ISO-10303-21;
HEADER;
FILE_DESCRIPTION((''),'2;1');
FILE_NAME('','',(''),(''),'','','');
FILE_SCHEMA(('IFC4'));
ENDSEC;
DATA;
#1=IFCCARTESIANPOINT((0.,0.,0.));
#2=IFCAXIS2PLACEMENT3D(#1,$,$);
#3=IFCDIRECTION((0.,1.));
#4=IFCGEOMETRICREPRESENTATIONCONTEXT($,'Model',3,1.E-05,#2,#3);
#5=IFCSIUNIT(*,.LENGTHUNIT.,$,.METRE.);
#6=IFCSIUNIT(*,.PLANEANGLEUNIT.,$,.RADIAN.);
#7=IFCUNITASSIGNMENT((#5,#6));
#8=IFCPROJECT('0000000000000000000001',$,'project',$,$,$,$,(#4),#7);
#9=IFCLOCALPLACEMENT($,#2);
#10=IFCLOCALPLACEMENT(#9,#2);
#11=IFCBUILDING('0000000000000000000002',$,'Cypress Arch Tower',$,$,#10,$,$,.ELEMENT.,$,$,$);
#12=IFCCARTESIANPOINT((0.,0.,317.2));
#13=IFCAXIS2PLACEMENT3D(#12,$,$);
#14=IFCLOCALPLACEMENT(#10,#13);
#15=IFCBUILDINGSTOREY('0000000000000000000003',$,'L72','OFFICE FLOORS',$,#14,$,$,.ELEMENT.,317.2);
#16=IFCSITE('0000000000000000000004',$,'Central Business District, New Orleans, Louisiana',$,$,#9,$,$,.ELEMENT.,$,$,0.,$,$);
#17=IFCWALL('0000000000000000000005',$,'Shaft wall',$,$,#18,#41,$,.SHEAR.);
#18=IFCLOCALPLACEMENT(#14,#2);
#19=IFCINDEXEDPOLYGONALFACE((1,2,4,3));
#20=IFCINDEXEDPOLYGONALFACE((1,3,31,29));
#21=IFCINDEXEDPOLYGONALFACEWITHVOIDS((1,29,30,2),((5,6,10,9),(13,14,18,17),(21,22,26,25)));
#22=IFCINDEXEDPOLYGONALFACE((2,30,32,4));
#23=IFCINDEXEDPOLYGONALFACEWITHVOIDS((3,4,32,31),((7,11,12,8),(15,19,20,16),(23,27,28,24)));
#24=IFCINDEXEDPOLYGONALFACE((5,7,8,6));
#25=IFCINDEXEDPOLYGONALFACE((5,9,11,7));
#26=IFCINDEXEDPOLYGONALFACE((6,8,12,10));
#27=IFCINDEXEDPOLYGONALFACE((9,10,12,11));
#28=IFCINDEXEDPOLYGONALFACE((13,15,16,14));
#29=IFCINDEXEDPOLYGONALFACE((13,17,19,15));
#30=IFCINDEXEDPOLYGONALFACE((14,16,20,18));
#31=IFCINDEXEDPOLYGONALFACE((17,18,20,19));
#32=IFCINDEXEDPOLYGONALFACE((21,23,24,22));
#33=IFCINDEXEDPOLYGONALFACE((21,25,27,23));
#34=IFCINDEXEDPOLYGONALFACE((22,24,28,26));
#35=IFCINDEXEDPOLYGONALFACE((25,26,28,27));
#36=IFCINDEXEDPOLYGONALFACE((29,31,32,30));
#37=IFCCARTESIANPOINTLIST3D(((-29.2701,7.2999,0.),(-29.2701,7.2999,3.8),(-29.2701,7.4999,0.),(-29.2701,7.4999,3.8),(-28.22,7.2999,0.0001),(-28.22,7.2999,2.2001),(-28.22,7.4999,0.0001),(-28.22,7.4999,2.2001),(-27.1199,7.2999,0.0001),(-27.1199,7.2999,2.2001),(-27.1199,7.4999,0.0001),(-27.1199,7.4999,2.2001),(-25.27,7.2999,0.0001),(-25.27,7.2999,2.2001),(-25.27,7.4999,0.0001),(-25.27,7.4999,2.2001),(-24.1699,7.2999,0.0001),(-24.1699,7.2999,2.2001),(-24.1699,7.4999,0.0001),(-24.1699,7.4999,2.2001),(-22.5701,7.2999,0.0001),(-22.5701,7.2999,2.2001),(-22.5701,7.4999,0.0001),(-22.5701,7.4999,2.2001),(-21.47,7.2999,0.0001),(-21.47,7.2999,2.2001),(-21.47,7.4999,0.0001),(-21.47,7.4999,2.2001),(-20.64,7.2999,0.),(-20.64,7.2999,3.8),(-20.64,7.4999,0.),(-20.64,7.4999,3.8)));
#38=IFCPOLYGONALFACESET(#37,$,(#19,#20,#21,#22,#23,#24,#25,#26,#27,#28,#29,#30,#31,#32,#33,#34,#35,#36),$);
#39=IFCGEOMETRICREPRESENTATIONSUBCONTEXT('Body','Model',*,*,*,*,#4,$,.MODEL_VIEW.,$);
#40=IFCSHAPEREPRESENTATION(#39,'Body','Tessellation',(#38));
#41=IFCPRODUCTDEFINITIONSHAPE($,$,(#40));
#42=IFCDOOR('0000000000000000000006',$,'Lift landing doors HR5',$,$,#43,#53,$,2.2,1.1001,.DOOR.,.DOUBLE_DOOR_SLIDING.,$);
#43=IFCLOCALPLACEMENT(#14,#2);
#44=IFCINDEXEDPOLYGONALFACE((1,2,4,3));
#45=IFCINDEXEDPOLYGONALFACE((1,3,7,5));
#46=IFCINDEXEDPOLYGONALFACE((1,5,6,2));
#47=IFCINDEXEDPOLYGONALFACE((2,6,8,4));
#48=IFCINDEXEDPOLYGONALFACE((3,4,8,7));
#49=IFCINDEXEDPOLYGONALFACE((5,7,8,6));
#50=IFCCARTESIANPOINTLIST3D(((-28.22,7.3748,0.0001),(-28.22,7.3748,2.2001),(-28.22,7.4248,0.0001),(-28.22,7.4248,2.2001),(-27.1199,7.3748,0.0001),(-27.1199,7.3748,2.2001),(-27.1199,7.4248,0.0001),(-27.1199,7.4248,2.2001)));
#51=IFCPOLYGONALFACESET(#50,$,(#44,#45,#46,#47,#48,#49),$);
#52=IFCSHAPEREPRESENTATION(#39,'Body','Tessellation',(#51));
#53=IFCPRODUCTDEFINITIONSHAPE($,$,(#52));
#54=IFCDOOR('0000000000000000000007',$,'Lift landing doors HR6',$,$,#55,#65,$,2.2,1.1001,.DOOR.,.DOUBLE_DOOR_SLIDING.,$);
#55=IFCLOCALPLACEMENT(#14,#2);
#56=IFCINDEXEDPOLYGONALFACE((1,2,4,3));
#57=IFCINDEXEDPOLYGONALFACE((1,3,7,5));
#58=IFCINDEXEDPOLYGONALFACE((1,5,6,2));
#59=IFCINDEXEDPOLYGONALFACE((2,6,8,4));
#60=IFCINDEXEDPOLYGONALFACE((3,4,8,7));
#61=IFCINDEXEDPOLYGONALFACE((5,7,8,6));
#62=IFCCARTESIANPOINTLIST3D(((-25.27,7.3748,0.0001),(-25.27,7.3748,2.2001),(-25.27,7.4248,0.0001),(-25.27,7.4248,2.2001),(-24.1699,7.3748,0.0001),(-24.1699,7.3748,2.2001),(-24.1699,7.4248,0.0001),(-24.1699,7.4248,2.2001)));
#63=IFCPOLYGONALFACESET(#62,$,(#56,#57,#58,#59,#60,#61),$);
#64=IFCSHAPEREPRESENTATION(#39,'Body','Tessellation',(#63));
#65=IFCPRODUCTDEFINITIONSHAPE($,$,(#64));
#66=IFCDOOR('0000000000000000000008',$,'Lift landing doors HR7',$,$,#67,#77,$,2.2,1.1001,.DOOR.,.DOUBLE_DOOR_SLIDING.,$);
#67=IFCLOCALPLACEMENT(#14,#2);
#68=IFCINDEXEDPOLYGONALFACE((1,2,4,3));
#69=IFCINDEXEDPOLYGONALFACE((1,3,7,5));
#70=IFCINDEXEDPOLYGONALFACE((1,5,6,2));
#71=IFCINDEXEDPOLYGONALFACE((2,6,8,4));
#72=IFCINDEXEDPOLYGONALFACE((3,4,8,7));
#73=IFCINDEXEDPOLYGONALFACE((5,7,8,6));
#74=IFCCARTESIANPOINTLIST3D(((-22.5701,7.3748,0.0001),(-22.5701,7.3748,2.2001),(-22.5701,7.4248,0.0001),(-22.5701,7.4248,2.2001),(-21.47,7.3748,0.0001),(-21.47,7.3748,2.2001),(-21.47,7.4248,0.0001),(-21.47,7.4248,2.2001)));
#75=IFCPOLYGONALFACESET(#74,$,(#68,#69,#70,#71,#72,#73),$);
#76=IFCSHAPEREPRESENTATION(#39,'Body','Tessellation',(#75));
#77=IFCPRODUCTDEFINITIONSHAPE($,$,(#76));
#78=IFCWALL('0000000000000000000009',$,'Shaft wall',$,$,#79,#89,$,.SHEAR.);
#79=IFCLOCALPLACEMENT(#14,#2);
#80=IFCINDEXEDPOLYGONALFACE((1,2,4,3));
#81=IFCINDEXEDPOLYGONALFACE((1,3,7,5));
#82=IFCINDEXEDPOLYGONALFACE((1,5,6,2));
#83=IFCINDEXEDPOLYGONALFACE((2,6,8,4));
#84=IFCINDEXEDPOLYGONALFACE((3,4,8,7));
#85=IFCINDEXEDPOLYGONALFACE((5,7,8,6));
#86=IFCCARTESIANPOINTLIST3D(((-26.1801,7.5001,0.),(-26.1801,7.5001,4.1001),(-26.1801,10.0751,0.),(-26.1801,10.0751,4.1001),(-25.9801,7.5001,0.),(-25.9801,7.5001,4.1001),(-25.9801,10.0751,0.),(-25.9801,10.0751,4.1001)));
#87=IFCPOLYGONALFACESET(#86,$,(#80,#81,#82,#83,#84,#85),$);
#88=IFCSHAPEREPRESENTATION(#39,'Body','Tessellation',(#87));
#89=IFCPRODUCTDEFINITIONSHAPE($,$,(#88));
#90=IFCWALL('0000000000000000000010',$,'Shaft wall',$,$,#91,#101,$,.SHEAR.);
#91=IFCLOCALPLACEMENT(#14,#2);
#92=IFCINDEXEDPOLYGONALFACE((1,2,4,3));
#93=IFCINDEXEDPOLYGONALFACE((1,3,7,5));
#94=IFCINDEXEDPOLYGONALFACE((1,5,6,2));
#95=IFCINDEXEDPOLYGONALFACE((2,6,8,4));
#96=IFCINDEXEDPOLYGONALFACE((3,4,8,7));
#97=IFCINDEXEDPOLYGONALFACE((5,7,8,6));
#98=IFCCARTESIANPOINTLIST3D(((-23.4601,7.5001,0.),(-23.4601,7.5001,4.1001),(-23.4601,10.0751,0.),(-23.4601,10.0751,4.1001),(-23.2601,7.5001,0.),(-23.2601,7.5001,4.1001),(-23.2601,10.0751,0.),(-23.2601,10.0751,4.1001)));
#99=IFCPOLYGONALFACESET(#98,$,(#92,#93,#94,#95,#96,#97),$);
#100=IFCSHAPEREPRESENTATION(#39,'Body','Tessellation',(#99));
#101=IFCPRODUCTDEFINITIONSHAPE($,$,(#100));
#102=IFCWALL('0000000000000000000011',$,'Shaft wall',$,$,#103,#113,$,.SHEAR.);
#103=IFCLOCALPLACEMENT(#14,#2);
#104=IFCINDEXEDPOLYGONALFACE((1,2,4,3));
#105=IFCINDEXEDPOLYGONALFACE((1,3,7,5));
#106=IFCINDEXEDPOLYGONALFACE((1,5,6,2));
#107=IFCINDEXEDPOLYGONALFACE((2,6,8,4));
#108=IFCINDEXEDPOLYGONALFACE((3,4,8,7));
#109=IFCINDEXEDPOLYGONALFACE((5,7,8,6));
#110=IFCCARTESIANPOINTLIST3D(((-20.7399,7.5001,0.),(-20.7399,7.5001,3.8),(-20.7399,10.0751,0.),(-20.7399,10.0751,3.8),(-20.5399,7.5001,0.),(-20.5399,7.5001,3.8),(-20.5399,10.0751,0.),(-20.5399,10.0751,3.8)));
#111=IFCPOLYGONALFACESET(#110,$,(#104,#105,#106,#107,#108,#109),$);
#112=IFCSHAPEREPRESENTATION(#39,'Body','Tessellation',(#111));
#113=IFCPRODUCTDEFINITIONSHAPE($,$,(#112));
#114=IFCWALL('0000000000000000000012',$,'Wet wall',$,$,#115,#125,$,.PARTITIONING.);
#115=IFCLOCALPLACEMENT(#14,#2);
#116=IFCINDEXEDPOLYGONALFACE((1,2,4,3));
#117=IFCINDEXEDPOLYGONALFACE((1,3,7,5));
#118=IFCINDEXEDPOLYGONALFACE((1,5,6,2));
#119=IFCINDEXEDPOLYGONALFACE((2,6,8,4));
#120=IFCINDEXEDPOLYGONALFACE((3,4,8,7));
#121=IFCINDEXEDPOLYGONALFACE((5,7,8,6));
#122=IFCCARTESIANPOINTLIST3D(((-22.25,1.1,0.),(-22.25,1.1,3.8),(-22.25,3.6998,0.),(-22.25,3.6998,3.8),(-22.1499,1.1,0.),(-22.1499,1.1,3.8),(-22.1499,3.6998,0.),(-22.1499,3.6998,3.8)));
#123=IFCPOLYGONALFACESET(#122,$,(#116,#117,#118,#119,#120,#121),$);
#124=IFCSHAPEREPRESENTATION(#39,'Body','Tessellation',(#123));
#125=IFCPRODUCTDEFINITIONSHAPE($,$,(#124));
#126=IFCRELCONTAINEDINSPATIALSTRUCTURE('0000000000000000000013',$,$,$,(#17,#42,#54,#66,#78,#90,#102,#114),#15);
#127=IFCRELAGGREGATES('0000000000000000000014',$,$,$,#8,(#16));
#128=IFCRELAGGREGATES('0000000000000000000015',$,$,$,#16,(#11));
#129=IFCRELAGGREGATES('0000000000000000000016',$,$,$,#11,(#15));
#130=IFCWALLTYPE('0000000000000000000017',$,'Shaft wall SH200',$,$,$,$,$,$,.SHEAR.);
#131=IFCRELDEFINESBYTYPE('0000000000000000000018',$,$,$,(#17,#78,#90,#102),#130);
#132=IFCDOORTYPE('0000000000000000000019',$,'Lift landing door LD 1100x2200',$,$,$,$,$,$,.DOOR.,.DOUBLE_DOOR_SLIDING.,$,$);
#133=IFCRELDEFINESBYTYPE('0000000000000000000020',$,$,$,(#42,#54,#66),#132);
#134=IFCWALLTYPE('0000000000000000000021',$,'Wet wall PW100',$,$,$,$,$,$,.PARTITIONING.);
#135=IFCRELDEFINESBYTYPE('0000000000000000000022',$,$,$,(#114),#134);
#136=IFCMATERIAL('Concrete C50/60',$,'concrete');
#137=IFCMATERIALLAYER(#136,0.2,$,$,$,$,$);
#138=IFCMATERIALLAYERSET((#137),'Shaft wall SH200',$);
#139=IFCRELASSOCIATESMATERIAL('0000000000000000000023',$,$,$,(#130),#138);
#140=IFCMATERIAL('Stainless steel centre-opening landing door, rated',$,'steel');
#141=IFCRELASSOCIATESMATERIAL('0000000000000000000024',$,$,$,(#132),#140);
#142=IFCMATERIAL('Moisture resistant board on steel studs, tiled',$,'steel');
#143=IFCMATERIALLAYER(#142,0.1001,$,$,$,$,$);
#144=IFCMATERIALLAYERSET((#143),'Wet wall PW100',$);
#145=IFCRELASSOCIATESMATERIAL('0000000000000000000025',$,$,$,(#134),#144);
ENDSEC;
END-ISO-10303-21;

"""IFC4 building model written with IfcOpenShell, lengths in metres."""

from ifc_helpers import new_model, si_unit, direction, frame, frame_2d, origin, place, context, subcontext, project, spatial, rectangle, extrude, material, layer, layer_set, type_object, element, fill, save


model = new_model("IFC4")

# Units and contexts
model_context = context("Model", 3, precision=1e-05, world=origin(), true_north=direction((0.0, 1.0)))
body_context = subcontext(model_context, "Body", "Model", "MODEL_VIEW")
ifc_project = project(units=[si_unit("LENGTHUNIT", "METRE"), si_unit("PLANEANGLEUNIT", "RADIAN")], contexts=[model_context])

# Site, building, storey
site_placement = place(None, origin())
site = spatial("IfcSite", under=ifc_project, at=site_placement, Name="Central Business District, New Orleans, Louisiana", CompositionType="ELEMENT", RefElevation=0.0)
building_placement = place(site_placement, origin())
building = spatial("IfcBuilding", under=site, at=building_placement, Name="Cypress Arch Tower", CompositionType="ELEMENT")
storey_placement = place(building_placement, frame((0.0, 0.0, 317.2)))
storey = spatial("IfcBuildingStorey", under=building, at=storey_placement, Name="L72", Description="OFFICE FLOORS", CompositionType="ELEMENT", Elevation=317.2)

# Wall, openings, doors
ifc_material_1 = material(Name="Concrete C50/60", Category="concrete")
ifc_layer_1 = layer(ifc_material_1, 0.2)
ifc_layer_set_1 = layer_set([ifc_layer_1], Name="Shaft wall SH200")
wall_type_1 = type_object("IfcWallType", Name="Shaft wall SH200", PredefinedType="SHEAR", material=ifc_layer_set_1)
wall_1_placement = place(storey_placement, frame((-29.27, 7.3999, 0.0), z_axis=(0.0, 0.0, 1.0), x_axis=(1.0, 0.0, 0.0)))
wall_1 = element("IfcWall", 1, at=wall_1_placement, inside=storey, type_object=wall_type_1, Name="Shaft wall", PredefinedType="SHEAR", context=body_context, shape_type="SweptSolid", body=[
    extrude(rectangle(XDim=8.6301, YDim=0.2, at=frame_2d((4.3149, 0.0))), origin(), (0.0, 0.0, 1.0), 3.8),
])
opening_1_placement = place(wall_1_placement, frame((1.05, 0.0, 0.0)))
opening_1 = element("IfcOpeningElement", 2, at=opening_1_placement, cuts=wall_1, PredefinedType="OPENING", context=body_context, shape_type="SweptSolid", body=[
    extrude(rectangle(XDim=1.1001, YDim=2.2, at=frame_2d((0.55, 1.1001))), frame((0.0, 0.1099, 0.0), z_axis=(0.0, -1.0, 0.0), x_axis=(1.0, 0.0, 0.0)), (0.0, 0.0, 1.0), 0.22),
])
opening_2_placement = place(wall_1_placement, frame((4.0, 0.0, 0.0)))
opening_2 = element("IfcOpeningElement", 3, at=opening_2_placement, cuts=wall_1, PredefinedType="OPENING", context=body_context, shape_type="SweptSolid", body=[
    extrude(rectangle(XDim=1.1001, YDim=2.2, at=frame_2d((0.55, 1.1001))), frame((0.0, 0.1099, 0.0), z_axis=(0.0, -1.0, 0.0), x_axis=(1.0, 0.0, 0.0)), (0.0, 0.0, 1.0), 0.22),
])
opening_3_placement = place(wall_1_placement, frame((6.7, 0.0, 0.0)))
opening_3 = element("IfcOpeningElement", 4, at=opening_3_placement, cuts=wall_1, PredefinedType="OPENING", context=body_context, shape_type="SweptSolid", body=[
    extrude(rectangle(XDim=1.1001, YDim=2.2, at=frame_2d((0.55, 1.1001))), frame((0.0, 0.1099, 0.0), z_axis=(0.0, -1.0, 0.0), x_axis=(1.0, 0.0, 0.0)), (0.0, 0.0, 1.0), 0.22),
])
ifc_material_2 = material(Name="Stainless steel centre-opening landing door, rated", Category="steel")
door_type_1 = type_object("IfcDoorType", Name="Lift landing door LD 1100x2200", OperationType="DOUBLE_DOOR_SLIDING", PredefinedType="DOOR", material=ifc_material_2)
door_1_placement = place(opening_1_placement, origin())
door_1 = element("IfcDoor", 5, at=door_1_placement, inside=storey, type_object=door_type_1, Name="Lift landing doors HR5", OperationType="DOUBLE_DOOR_SLIDING", OverallHeight=2.2, OverallWidth=1.1001, PredefinedType="DOOR", context=body_context, shape_type="SweptSolid", body=[
    extrude(rectangle(XDim=1.1001, YDim=2.2, at=frame_2d((0.55, 1.1001))), frame((0.0, 0.0249, 0.0), z_axis=(0.0, -1.0, 0.0), x_axis=(1.0, 0.0, 0.0)), (0.0, 0.0, 1.0), 0.05),
])
fill(opening_1, door_1)
door_2_placement = place(opening_2_placement, origin())
door_2 = element("IfcDoor", 6, at=door_2_placement, inside=storey, type_object=door_type_1, Name="Lift landing doors HR6", OperationType="DOUBLE_DOOR_SLIDING", OverallHeight=2.2, OverallWidth=1.1001, PredefinedType="DOOR", context=body_context, shape_type="SweptSolid", body=[
    extrude(rectangle(XDim=1.1001, YDim=2.2, at=frame_2d((0.55, 1.1001))), frame((0.0, 0.0249, 0.0), z_axis=(0.0, -1.0, 0.0), x_axis=(1.0, 0.0, 0.0)), (0.0, 0.0, 1.0), 0.05),
])
fill(opening_2, door_2)
door_3_placement = place(opening_3_placement, origin())
door_3 = element("IfcDoor", 7, at=door_3_placement, inside=storey, type_object=door_type_1, Name="Lift landing doors HR7", OperationType="DOUBLE_DOOR_SLIDING", OverallHeight=2.2, OverallWidth=1.1001, PredefinedType="DOOR", context=body_context, shape_type="SweptSolid", body=[
    extrude(rectangle(XDim=1.1001, YDim=2.2, at=frame_2d((0.55, 1.1001))), frame((0.0, 0.0249, 0.0), z_axis=(0.0, -1.0, 0.0), x_axis=(1.0, 0.0, 0.0)), (0.0, 0.0, 1.0), 0.05),
])
fill(opening_3, door_3)

# Walls
for number, where, z_axis, x_axis, name in (
    (8, (-26.0801, 7.5, 0.0), (0.0, 0.0, 1.0), (0.0, 1.0, 0.0), "Shaft wall"),
    (9, (-23.3601, 7.5, 0.0), (0.0, 0.0, 1.0), (0.0, 1.0, 0.0), "Shaft wall"),
):
    element("IfcWall", number, at=place(storey_placement, frame(where, z_axis=z_axis, x_axis=x_axis)), inside=storey, type_object=wall_type_1, Name=name, PredefinedType="SHEAR", context=body_context, shape_type="SweptSolid", body=[
        extrude(rectangle(XDim=2.575, YDim=0.2, at=frame_2d((1.2876, 0.0))), origin(), (0.0, 0.0, 1.0), 4.1001),
    ])
wall_2_placement = place(storey_placement, frame((-20.6399, 7.5, 0.0), z_axis=(0.0, 0.0, 1.0), x_axis=(0.0, 1.0, 0.0)))
element("IfcWall", 10, at=wall_2_placement, inside=storey, type_object=wall_type_1, Name="Shaft wall", PredefinedType="SHEAR", context=body_context, shape_type="SweptSolid", body=[
    extrude(rectangle(XDim=2.575, YDim=0.2, at=frame_2d((1.2876, 0.0))), origin(), (0.0, 0.0, 1.0), 3.8),
])
ifc_material_3 = material(Name="Moisture resistant board on steel studs, tiled", Category="steel")
ifc_layer_2 = layer(ifc_material_3, 0.1001)
ifc_layer_set_2 = layer_set([ifc_layer_2], Name="Wet wall PW100")
wall_type_2 = type_object("IfcWallType", Name="Wet wall PW100", PredefinedType="PARTITIONING", material=ifc_layer_set_2)
wall_3_placement = place(storey_placement, frame((-22.2, 1.1001, 0.0), z_axis=(0.0, 0.0, 1.0), x_axis=(0.0, 1.0, 0.0)))
element("IfcWall", 11, at=wall_3_placement, inside=storey, type_object=wall_type_2, Name="Wet wall", PredefinedType="PARTITIONING", context=body_context, shape_type="SweptSolid", body=[
    extrude(rectangle(XDim=2.5999, YDim=0.1001, at=frame_2d((1.2998, 0.0))), origin(), (0.0, 0.0, 1.0), 3.8),
])

save(model, "model.ifc")
